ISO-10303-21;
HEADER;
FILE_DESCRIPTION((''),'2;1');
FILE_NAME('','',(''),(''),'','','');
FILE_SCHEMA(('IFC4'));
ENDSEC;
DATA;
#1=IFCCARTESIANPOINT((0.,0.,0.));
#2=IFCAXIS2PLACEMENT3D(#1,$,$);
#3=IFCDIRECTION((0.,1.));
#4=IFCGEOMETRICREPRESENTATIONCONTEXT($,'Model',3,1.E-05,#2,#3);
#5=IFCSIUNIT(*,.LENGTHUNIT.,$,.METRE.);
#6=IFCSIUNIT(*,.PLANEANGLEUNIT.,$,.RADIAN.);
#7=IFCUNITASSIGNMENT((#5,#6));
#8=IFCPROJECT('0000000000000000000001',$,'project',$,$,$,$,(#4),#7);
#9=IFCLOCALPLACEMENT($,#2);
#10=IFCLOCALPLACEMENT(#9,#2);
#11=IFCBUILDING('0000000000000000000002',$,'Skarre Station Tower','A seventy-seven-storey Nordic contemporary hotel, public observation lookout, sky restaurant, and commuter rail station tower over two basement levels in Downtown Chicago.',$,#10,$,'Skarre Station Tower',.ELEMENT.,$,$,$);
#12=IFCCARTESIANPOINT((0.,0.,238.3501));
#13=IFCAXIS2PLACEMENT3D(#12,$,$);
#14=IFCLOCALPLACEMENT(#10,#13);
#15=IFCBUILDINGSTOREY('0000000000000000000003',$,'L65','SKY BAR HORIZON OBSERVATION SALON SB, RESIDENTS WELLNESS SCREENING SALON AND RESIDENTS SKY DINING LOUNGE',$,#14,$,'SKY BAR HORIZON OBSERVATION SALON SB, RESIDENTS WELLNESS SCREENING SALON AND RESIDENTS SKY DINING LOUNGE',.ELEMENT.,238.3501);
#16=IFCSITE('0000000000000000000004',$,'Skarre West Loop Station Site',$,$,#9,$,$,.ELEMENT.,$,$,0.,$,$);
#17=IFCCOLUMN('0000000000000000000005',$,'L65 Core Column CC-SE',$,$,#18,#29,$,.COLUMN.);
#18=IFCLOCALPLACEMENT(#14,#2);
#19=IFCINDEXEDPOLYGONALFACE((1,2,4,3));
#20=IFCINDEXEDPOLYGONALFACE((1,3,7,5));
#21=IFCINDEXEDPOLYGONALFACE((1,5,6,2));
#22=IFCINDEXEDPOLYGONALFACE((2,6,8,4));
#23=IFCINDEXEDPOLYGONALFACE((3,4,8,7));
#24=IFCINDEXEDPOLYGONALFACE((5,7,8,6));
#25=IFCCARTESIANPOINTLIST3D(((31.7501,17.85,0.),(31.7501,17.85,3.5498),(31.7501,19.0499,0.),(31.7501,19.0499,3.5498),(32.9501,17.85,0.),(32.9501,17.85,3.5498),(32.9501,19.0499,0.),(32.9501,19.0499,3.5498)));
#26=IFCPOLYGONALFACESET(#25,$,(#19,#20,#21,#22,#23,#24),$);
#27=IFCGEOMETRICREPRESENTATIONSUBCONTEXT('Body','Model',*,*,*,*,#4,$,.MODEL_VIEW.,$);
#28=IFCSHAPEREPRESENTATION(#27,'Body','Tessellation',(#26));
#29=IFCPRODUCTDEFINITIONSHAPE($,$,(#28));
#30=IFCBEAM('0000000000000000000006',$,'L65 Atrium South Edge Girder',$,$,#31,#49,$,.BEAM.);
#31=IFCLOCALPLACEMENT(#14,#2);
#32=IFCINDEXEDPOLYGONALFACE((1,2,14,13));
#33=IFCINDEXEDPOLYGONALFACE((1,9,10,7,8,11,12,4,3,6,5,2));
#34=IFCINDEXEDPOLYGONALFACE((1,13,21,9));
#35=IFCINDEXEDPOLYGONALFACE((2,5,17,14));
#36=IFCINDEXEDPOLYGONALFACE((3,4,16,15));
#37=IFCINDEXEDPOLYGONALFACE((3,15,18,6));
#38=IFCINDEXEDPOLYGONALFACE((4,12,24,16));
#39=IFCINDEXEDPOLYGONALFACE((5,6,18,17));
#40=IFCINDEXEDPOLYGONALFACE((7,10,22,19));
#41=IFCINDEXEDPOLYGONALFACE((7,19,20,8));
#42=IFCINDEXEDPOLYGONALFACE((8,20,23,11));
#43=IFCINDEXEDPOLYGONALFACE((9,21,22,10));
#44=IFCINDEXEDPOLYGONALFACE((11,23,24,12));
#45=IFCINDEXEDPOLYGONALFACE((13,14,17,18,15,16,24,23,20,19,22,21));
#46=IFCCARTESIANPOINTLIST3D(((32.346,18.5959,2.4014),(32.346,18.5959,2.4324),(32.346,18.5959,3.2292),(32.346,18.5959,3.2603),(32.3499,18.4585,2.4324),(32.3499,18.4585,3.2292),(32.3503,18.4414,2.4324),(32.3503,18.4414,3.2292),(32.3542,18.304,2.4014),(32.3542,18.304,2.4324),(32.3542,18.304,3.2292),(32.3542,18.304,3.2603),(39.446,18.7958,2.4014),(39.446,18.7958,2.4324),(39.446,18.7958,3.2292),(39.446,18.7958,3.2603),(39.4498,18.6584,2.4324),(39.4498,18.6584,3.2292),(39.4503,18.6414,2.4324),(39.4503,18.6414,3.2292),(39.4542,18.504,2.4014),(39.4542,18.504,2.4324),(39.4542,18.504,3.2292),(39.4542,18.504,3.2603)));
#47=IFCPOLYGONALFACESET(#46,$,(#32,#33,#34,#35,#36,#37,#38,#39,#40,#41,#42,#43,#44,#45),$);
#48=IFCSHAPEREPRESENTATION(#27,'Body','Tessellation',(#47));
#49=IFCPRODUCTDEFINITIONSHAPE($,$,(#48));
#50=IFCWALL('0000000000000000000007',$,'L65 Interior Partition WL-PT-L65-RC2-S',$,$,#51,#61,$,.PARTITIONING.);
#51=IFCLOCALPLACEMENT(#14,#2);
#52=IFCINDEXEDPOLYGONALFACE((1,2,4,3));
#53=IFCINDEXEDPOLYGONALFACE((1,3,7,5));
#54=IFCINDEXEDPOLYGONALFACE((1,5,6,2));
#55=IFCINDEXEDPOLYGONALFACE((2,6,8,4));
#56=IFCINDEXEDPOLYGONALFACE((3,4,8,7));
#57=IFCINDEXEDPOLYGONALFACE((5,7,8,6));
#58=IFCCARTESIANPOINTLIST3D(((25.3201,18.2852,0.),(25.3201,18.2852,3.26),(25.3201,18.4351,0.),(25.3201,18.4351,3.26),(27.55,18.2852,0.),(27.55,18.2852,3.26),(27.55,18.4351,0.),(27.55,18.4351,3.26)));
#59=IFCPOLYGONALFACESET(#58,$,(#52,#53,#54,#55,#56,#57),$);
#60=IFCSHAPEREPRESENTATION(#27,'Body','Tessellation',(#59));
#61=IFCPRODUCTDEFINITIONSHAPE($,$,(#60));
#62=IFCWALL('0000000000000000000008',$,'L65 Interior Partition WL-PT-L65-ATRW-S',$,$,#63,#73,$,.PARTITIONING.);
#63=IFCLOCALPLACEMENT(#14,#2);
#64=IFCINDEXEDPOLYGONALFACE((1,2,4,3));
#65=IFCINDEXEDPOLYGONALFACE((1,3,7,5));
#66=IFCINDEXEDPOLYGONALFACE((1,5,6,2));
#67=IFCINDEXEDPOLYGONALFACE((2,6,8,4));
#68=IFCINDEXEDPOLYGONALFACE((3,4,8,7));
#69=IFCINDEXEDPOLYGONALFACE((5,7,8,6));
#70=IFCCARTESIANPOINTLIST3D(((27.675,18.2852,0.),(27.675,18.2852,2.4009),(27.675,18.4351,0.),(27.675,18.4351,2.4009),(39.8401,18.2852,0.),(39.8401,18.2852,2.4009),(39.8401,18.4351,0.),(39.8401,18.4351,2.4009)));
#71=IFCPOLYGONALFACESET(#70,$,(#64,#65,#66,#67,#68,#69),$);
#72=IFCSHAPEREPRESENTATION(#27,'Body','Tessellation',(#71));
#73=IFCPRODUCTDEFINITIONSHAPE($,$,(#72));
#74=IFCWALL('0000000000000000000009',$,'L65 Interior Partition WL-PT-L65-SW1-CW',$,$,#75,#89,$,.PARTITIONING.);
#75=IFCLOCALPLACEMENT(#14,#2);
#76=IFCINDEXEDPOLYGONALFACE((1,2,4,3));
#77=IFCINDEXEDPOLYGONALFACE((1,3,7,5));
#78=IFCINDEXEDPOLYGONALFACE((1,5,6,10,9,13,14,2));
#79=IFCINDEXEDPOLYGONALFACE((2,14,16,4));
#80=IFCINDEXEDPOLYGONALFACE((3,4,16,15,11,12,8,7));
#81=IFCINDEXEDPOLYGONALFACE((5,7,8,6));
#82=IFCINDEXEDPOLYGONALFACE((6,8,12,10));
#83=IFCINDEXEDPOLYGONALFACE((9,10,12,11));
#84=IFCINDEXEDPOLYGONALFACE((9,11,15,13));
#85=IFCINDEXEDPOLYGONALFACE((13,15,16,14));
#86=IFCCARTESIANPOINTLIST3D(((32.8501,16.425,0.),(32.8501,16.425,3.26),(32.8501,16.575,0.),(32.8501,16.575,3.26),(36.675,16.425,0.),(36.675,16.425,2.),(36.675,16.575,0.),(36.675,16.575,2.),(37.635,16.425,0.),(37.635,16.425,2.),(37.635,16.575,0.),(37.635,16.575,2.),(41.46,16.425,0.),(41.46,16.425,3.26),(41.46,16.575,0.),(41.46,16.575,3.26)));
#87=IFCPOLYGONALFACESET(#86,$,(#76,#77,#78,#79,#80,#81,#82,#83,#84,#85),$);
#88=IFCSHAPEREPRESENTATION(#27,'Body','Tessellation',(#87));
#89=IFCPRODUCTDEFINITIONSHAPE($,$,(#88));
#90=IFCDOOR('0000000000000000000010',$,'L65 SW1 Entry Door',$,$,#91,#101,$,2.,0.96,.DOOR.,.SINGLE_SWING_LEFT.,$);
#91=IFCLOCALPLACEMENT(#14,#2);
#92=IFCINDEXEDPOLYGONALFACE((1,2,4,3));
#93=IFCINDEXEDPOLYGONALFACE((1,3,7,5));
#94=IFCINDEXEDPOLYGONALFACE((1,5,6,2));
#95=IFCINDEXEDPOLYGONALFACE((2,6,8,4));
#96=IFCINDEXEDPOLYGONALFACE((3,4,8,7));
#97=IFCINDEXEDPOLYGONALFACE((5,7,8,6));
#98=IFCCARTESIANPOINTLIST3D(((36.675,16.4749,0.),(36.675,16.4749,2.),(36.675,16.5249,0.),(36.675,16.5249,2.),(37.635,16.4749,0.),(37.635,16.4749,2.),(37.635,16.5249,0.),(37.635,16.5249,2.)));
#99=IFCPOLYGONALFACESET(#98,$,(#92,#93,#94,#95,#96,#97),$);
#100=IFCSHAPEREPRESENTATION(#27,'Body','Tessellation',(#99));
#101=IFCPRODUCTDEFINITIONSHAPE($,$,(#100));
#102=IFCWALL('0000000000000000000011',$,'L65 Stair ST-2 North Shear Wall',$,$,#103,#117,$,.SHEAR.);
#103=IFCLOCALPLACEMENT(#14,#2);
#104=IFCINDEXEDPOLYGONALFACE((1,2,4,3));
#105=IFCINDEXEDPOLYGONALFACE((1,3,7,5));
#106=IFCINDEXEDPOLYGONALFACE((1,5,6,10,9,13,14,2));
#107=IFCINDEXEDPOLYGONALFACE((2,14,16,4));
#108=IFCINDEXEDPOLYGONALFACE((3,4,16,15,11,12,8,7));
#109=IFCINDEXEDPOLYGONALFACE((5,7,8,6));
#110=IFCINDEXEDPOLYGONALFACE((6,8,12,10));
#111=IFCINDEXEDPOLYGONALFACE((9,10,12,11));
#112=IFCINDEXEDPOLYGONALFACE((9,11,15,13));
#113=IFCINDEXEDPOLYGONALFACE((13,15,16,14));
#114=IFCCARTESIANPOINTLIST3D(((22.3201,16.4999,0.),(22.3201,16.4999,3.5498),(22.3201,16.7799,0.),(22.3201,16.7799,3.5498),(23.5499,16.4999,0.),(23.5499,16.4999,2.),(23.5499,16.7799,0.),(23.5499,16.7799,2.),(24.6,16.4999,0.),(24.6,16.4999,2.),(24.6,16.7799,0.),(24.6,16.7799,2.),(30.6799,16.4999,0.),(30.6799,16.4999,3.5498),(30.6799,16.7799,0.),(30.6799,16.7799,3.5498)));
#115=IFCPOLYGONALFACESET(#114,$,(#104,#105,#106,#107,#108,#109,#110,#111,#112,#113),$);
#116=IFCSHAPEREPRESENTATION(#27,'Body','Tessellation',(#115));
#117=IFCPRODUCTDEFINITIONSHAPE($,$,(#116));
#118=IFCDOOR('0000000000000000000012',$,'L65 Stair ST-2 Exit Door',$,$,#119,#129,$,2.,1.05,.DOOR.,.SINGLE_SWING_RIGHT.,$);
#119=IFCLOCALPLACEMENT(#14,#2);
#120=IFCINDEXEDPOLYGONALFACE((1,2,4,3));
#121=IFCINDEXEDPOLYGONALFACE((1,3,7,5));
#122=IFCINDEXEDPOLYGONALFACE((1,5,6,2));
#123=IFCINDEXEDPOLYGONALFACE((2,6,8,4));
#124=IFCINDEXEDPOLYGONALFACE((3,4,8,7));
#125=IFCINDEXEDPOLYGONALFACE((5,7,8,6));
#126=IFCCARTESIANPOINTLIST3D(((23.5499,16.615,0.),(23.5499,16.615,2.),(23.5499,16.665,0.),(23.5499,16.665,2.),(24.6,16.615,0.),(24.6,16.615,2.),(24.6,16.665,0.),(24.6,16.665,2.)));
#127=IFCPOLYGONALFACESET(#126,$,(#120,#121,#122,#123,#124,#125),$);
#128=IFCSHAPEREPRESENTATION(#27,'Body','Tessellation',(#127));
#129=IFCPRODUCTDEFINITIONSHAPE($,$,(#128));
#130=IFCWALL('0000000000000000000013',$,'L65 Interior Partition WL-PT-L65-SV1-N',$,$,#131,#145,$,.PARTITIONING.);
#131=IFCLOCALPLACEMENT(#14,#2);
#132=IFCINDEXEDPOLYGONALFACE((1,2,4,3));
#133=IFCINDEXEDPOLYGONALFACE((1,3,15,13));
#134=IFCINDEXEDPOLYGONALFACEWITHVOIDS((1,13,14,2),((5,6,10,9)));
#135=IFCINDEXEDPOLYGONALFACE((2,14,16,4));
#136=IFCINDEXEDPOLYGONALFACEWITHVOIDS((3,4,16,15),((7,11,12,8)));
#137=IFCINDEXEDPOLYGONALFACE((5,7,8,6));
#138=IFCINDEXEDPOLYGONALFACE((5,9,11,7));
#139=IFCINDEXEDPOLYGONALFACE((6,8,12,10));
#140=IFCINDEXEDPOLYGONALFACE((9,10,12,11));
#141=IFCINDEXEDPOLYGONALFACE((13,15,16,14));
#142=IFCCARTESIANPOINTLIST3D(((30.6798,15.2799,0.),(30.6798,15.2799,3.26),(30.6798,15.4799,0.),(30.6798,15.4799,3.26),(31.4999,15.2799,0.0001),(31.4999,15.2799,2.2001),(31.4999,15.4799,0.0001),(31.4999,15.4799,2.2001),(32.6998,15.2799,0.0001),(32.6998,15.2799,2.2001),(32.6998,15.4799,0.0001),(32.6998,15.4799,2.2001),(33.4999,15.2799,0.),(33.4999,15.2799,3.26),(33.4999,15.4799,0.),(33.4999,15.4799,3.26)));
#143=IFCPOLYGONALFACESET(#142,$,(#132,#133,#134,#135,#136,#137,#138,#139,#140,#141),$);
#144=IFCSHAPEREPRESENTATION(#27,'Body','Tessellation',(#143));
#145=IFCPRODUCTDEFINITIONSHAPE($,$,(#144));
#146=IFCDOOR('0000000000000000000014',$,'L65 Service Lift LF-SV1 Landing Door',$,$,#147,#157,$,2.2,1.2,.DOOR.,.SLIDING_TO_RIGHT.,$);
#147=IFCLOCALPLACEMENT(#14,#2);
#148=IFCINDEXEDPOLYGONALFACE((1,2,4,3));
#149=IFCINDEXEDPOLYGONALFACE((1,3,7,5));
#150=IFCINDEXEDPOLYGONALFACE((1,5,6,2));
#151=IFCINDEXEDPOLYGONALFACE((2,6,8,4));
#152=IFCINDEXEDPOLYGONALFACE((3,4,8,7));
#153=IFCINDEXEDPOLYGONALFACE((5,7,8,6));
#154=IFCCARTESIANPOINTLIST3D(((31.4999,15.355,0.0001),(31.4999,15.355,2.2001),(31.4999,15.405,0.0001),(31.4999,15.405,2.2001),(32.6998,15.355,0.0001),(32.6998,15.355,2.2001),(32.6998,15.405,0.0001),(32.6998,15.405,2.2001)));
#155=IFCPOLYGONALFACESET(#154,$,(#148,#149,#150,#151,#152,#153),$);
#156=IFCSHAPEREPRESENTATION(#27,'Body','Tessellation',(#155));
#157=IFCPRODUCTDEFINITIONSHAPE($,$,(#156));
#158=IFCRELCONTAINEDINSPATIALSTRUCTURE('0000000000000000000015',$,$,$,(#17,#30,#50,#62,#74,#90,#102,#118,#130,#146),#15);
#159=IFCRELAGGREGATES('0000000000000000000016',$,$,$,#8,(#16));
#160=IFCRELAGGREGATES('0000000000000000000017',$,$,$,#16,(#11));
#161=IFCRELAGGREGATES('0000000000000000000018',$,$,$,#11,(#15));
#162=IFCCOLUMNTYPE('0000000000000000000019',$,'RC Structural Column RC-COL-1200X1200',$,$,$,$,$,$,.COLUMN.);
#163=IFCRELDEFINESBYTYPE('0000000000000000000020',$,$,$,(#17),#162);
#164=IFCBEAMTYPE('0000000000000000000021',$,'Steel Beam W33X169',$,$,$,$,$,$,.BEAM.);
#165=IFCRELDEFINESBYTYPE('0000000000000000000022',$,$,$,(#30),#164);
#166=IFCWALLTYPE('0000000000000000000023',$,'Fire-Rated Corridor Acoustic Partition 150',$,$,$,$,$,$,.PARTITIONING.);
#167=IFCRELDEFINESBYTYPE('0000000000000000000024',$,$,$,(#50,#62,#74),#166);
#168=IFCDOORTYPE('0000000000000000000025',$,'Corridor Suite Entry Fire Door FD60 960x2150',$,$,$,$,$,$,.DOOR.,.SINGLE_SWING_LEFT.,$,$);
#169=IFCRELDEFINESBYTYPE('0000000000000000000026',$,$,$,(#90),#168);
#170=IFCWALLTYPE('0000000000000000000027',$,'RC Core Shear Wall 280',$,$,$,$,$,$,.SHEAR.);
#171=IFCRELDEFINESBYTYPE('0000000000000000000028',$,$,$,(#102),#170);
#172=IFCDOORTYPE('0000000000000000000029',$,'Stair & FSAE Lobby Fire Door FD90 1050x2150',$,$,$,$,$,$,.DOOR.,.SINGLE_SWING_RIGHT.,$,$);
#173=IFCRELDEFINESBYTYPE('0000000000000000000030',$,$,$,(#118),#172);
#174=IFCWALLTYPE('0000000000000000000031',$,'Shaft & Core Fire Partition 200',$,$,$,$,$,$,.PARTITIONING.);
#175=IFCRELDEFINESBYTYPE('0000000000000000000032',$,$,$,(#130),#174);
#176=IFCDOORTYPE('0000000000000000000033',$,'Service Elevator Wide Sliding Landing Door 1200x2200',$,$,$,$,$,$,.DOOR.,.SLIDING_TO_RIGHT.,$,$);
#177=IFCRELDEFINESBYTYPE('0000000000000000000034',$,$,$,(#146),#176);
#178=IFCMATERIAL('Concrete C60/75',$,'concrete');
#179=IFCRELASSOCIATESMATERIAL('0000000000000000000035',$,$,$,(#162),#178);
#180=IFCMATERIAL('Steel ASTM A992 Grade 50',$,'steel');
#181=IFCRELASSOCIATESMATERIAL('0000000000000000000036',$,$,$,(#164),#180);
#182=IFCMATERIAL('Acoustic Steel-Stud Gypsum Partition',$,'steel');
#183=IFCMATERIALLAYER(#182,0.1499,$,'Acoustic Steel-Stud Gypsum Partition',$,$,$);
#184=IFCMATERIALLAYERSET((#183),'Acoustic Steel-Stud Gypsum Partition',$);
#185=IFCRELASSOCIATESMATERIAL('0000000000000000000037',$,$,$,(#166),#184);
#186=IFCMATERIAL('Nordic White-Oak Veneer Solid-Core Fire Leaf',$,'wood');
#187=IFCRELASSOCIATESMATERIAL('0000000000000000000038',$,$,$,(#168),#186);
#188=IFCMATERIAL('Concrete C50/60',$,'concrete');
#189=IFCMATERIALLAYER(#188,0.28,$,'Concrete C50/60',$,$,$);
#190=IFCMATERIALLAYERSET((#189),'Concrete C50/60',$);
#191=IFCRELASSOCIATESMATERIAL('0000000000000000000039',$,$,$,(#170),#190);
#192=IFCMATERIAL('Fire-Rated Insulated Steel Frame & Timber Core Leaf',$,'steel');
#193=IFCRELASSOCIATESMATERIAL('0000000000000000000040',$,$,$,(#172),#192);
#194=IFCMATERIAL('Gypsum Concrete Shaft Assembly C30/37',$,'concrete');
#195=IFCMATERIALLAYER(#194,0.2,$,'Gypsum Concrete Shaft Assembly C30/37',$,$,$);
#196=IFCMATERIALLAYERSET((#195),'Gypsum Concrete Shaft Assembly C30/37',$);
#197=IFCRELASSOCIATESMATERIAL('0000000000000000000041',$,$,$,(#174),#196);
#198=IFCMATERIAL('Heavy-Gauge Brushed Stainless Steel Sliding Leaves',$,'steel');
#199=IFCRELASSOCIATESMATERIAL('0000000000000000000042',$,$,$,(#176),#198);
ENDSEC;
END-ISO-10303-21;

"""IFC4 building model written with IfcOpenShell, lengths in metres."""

from ifc_helpers import new_model, si_unit, direction, frame, frame_2d, origin, origin_2d, place, context, subcontext, project, spatial, rectangle, i_section, extrude, material, layer, layer_set, material_profile, profile_set, type_object, element, fill, save


model = new_model("IFC4")

# Units and contexts
model_context = context("Model", 3, precision=1e-05, world=origin(), true_north=direction((0.0, 1.0)))
body_context = subcontext(model_context, "Body", "Model", "MODEL_VIEW")
ifc_project = project(units=[si_unit("LENGTHUNIT", "METRE"), si_unit("PLANEANGLEUNIT", "RADIAN")], contexts=[model_context])

# Site, building, storey
site_placement = place(None, origin())
site = spatial("IfcSite", under=ifc_project, at=site_placement, Name="Skarre West Loop Station Site", CompositionType="ELEMENT", RefElevation=0.0)
building_placement = place(site_placement, origin())
building = spatial("IfcBuilding", under=site, at=building_placement, Name="Skarre Station Tower", Description="A seventy-seven-storey Nordic contemporary hotel, public observation lookout, sky restaurant, and commuter rail station tower over two basement levels in Downtown Chicago.", LongName="Skarre Station Tower", CompositionType="ELEMENT")
storey_placement = place(building_placement, frame((0.0, 0.0, 238.3501)))
storey = spatial("IfcBuildingStorey", under=building, at=storey_placement, Name="L65", Description="SKY BAR HORIZON OBSERVATION SALON SB, RESIDENTS WELLNESS SCREENING SALON AND RESIDENTS SKY DINING LOUNGE", LongName="SKY BAR HORIZON OBSERVATION SALON SB, RESIDENTS WELLNESS SCREENING SALON AND RESIDENTS SKY DINING LOUNGE", CompositionType="ELEMENT", Elevation=238.3501)

# Column
ifc_material_1 = material(Name="Concrete C60/75", Category="concrete")
ifc_material_profile_1 = material_profile(ifc_material_1, rectangle(XDim=1.2, YDim=1.2, at=origin_2d()), Name="Concrete C60/75")
ifc_profile_set_1 = profile_set([ifc_material_profile_1], Name="Concrete C60/75")
column_type = type_object("IfcColumnType", Name="RC Structural Column RC-COL-1200X1200", PredefinedType="COLUMN", material=ifc_profile_set_1)
column_placement = place(storey_placement, frame((32.3501, 18.45, 0.0), z_axis=(0.0, 0.0, 1.0), x_axis=(1.0, 0.0, 0.0)))
element("IfcColumn", 1, at=column_placement, inside=storey, type_object=column_type, Name="L65 Core Column CC-SE", PredefinedType="COLUMN", context=body_context, shape_type="SweptSolid", body=[
    extrude(rectangle(XDim=1.2, YDim=1.2, at=origin_2d()), origin(), (0.0, 0.0, 1.0), 3.5498),
])

# Beam
ifc_material_2 = material(Name="Steel ASTM A992 Grade 50", Category="steel")
ifc_material_profile_2 = material_profile(ifc_material_2, i_section(OverallWidth=0.292, OverallDepth=0.8589, WebThickness=0.0171, FlangeThickness=0.031, at=origin_2d()), Name="Steel ASTM A992 Grade 50")
ifc_profile_set_2 = profile_set([ifc_material_profile_2], Name="Steel ASTM A992 Grade 50")
beam_type = type_object("IfcBeamType", Name="Steel Beam W33X169", PredefinedType="BEAM", material=ifc_profile_set_2)
beam_placement = place(storey_placement, frame((32.3501, 18.45, 2.8308), z_axis=(0.999604, 0.028152, 0.0), x_axis=(-0.028152, 0.999604, 0.0)))
element("IfcBeam", 2, at=beam_placement, inside=storey, type_object=beam_type, Name="L65 Atrium South Edge Girder", PredefinedType="BEAM", context=body_context, shape_type="SweptSolid", body=[
    extrude(i_section(OverallWidth=0.292, OverallDepth=0.8589, WebThickness=0.0171, FlangeThickness=0.031, at=origin_2d()), origin(), (0.0, 0.0, 1.0), 7.1028),
])

# Walls
ifc_material_3 = material(Name="Acoustic Steel-Stud Gypsum Partition", Category="steel")
ifc_layer_1 = layer(ifc_material_3, 0.1499, Name="Acoustic Steel-Stud Gypsum Partition")
ifc_layer_set_1 = layer_set([ifc_layer_1], Name="Acoustic Steel-Stud Gypsum Partition")
wall_type_1 = type_object("IfcWallType", Name="Fire-Rated Corridor Acoustic Partition 150", PredefinedType="PARTITIONING", material=ifc_layer_set_1)
wall_1_placement = place(storey_placement, frame((25.3201, 18.3601, 0.0), z_axis=(0.0, 0.0, 1.0), x_axis=(1.0, 0.0, 0.0)))
element("IfcWall", 3, at=wall_1_placement, inside=storey, type_object=wall_type_1, Name="L65 Interior Partition WL-PT-L65-RC2-S", PredefinedType="PARTITIONING", context=body_context, shape_type="SweptSolid", body=[
    extrude(rectangle(XDim=2.23, YDim=0.1499, at=frame_2d((1.115, 0.0))), origin(), (0.0, 0.0, 1.0), 3.26),
])
wall_2_placement = place(storey_placement, frame((27.675, 18.3601, 0.0), z_axis=(0.0, 0.0, 1.0), x_axis=(1.0, 0.0, 0.0)))
element("IfcWall", 4, at=wall_2_placement, inside=storey, type_object=wall_type_1, Name="L65 Interior Partition WL-PT-L65-ATRW-S", PredefinedType="PARTITIONING", context=body_context, shape_type="SweptSolid", body=[
    extrude(rectangle(XDim=12.165, YDim=0.1499, at=frame_2d((6.0825, 0.0))), origin(), (0.0, 0.0, 1.0), 2.4009),
])

# Walls, openings, doors
wall_3_placement = place(storey_placement, frame((32.8501, 16.5, 0.0), z_axis=(0.0, 0.0, 1.0), x_axis=(1.0, 0.0, 0.0)))
wall_3 = element("IfcWall", 5, at=wall_3_placement, inside=storey, type_object=wall_type_1, Name="L65 Interior Partition WL-PT-L65-SW1-CW", PredefinedType="PARTITIONING", context=body_context, shape_type="SweptSolid", body=[
    extrude(rectangle(XDim=8.6099, YDim=0.1499, at=frame_2d((4.3049, 0.0))), origin(), (0.0, 0.0, 1.0), 3.26),
])
opening_1_placement = place(wall_3_placement, frame((3.825, 0.0, 0.0)))
opening_1 = element("IfcOpeningElement", 6, at=opening_1_placement, cuts=wall_3, PredefinedType="OPENING", context=body_context, shape_type="SweptSolid", body=[
    extrude(rectangle(XDim=0.96, YDim=2.0, at=frame_2d((0.48, 1.0))), frame((0.0, 0.085, 0.0), z_axis=(0.0, -1.0, 0.0), x_axis=(1.0, 0.0, 0.0)), (0.0, 0.0, 1.0), 0.1699),
])
ifc_material_4 = material(Name="Nordic White-Oak Veneer Solid-Core Fire Leaf", Category="wood")
door_type_1 = type_object("IfcDoorType", Name="Corridor Suite Entry Fire Door FD60 960x2150", OperationType="SINGLE_SWING_LEFT", PredefinedType="DOOR", material=ifc_material_4)
door_1_placement = place(opening_1_placement, origin())
door_1 = element("IfcDoor", 7, at=door_1_placement, inside=storey, type_object=door_type_1, Name="L65 SW1 Entry Door", OperationType="SINGLE_SWING_LEFT", OverallHeight=2.0, OverallWidth=0.96, PredefinedType="DOOR", context=body_context, shape_type="SweptSolid", body=[
    extrude(rectangle(XDim=0.96, YDim=2.0, at=frame_2d((0.48, 1.0))), frame((0.0, 0.0249, 0.0), z_axis=(0.0, -1.0, 0.0), x_axis=(1.0, 0.0, 0.0)), (0.0, 0.0, 1.0), 0.05),
])
fill(opening_1, door_1)
ifc_material_5 = material(Name="Concrete C50/60", Category="concrete")
ifc_layer_2 = layer(ifc_material_5, 0.28, Name="Concrete C50/60")
ifc_layer_set_2 = layer_set([ifc_layer_2], Name="Concrete C50/60")
wall_type_2 = type_object("IfcWallType", Name="RC Core Shear Wall 280", PredefinedType="SHEAR", material=ifc_layer_set_2)
wall_4_placement = place(storey_placement, frame((30.6799, 16.6399, 0.0), z_axis=(0.0, 0.0, 1.0), x_axis=(-1.0, 0.0, 0.0)))
wall_4 = element("IfcWall", 8, at=wall_4_placement, inside=storey, type_object=wall_type_2, Name="L65 Stair ST-2 North Shear Wall", PredefinedType="SHEAR", context=body_context, shape_type="SweptSolid", body=[
    extrude(rectangle(XDim=8.3599, YDim=0.28, at=frame_2d((4.1799, 0.0))), origin(), (0.0, 0.0, 1.0), 3.5498),
])
opening_2_placement = place(wall_4_placement, frame((6.0801, 0.0, 0.0)))
opening_2 = element("IfcOpeningElement", 9, at=opening_2_placement, cuts=wall_4, PredefinedType="OPENING", context=body_context, shape_type="SweptSolid", body=[
    extrude(rectangle(XDim=1.05, YDim=2.0, at=frame_2d((0.5249, 1.0))), frame((0.0, 0.1499, 0.0), z_axis=(0.0, -1.0, 0.0), x_axis=(1.0, 0.0, 0.0)), (0.0, 0.0, 1.0), 0.3),
])
ifc_material_6 = material(Name="Fire-Rated Insulated Steel Frame & Timber Core Leaf", Category="steel")
door_type_2 = type_object("IfcDoorType", Name="Stair & FSAE Lobby Fire Door FD90 1050x2150", OperationType="SINGLE_SWING_RIGHT", PredefinedType="DOOR", material=ifc_material_6)
door_2_placement = place(opening_2_placement, origin())
door_2 = element("IfcDoor", 10, at=door_2_placement, inside=storey, type_object=door_type_2, Name="L65 Stair ST-2 Exit Door", OperationType="SINGLE_SWING_RIGHT", OverallHeight=2.0, OverallWidth=1.05, PredefinedType="DOOR", context=body_context, shape_type="SweptSolid", body=[
    extrude(rectangle(XDim=1.05, YDim=2.0, at=frame_2d((0.5249, 1.0))), frame((0.0, 0.0249, 0.0), z_axis=(0.0, -1.0, 0.0), x_axis=(1.0, 0.0, 0.0)), (0.0, 0.0, 1.0), 0.05),
])
fill(opening_2, door_2)
ifc_material_7 = material(Name="Gypsum Concrete Shaft Assembly C30/37", Category="concrete")
ifc_layer_3 = layer(ifc_material_7, 0.2, Name="Gypsum Concrete Shaft Assembly C30/37")
ifc_layer_set_3 = layer_set([ifc_layer_3], Name="Gypsum Concrete Shaft Assembly C30/37")
wall_type_3 = type_object("IfcWallType", Name="Shaft & Core Fire Partition 200", PredefinedType="PARTITIONING", material=ifc_layer_set_3)
wall_5_placement = place(storey_placement, frame((33.5, 15.3799, 0.0), z_axis=(0.0, 0.0, 1.0), x_axis=(-1.0, 0.0, 0.0)))
wall_5 = element("IfcWall", 11, at=wall_5_placement, inside=storey, type_object=wall_type_3, Name="L65 Interior Partition WL-PT-L65-SV1-N", PredefinedType="PARTITIONING", context=body_context, shape_type="SweptSolid", body=[
    extrude(rectangle(XDim=2.8201, YDim=0.2, at=frame_2d((1.4102, 0.0))), origin(), (0.0, 0.0, 1.0), 3.26),
])
opening_3_placement = place(wall_5_placement, frame((0.8, 0.0, 0.0)))
opening_3 = element("IfcOpeningElement", 12, at=opening_3_placement, cuts=wall_5, PredefinedType="OPENING", context=body_context, shape_type="SweptSolid", body=[
    extrude(rectangle(XDim=1.2, YDim=2.2, at=frame_2d((0.6001, 1.1001))), frame((0.0, 0.1099, 0.0), z_axis=(0.0, -1.0, 0.0), x_axis=(1.0, 0.0, 0.0)), (0.0, 0.0, 1.0), 0.22),
])
ifc_material_8 = material(Name="Heavy-Gauge Brushed Stainless Steel Sliding Leaves", Category="steel")
door_type_3 = type_object("IfcDoorType", Name="Service Elevator Wide Sliding Landing Door 1200x2200", OperationType="SLIDING_TO_RIGHT", PredefinedType="DOOR", material=ifc_material_8)
door_3_placement = place(opening_3_placement, origin())
door_3 = element("IfcDoor", 13, at=door_3_placement, inside=storey, type_object=door_type_3, Name="L65 Service Lift LF-SV1 Landing Door", OperationType="SLIDING_TO_RIGHT", OverallHeight=2.2, OverallWidth=1.2, PredefinedType="DOOR", context=body_context, shape_type="SweptSolid", body=[
    extrude(rectangle(XDim=1.2, YDim=2.2, at=frame_2d((0.6001, 1.1001))), frame((0.0, 0.0249, 0.0), z_axis=(0.0, -1.0, 0.0), x_axis=(1.0, 0.0, 0.0)), (0.0, 0.0, 1.0), 0.05),
])
fill(opening_3, door_3)

save(model, "model.ifc")
